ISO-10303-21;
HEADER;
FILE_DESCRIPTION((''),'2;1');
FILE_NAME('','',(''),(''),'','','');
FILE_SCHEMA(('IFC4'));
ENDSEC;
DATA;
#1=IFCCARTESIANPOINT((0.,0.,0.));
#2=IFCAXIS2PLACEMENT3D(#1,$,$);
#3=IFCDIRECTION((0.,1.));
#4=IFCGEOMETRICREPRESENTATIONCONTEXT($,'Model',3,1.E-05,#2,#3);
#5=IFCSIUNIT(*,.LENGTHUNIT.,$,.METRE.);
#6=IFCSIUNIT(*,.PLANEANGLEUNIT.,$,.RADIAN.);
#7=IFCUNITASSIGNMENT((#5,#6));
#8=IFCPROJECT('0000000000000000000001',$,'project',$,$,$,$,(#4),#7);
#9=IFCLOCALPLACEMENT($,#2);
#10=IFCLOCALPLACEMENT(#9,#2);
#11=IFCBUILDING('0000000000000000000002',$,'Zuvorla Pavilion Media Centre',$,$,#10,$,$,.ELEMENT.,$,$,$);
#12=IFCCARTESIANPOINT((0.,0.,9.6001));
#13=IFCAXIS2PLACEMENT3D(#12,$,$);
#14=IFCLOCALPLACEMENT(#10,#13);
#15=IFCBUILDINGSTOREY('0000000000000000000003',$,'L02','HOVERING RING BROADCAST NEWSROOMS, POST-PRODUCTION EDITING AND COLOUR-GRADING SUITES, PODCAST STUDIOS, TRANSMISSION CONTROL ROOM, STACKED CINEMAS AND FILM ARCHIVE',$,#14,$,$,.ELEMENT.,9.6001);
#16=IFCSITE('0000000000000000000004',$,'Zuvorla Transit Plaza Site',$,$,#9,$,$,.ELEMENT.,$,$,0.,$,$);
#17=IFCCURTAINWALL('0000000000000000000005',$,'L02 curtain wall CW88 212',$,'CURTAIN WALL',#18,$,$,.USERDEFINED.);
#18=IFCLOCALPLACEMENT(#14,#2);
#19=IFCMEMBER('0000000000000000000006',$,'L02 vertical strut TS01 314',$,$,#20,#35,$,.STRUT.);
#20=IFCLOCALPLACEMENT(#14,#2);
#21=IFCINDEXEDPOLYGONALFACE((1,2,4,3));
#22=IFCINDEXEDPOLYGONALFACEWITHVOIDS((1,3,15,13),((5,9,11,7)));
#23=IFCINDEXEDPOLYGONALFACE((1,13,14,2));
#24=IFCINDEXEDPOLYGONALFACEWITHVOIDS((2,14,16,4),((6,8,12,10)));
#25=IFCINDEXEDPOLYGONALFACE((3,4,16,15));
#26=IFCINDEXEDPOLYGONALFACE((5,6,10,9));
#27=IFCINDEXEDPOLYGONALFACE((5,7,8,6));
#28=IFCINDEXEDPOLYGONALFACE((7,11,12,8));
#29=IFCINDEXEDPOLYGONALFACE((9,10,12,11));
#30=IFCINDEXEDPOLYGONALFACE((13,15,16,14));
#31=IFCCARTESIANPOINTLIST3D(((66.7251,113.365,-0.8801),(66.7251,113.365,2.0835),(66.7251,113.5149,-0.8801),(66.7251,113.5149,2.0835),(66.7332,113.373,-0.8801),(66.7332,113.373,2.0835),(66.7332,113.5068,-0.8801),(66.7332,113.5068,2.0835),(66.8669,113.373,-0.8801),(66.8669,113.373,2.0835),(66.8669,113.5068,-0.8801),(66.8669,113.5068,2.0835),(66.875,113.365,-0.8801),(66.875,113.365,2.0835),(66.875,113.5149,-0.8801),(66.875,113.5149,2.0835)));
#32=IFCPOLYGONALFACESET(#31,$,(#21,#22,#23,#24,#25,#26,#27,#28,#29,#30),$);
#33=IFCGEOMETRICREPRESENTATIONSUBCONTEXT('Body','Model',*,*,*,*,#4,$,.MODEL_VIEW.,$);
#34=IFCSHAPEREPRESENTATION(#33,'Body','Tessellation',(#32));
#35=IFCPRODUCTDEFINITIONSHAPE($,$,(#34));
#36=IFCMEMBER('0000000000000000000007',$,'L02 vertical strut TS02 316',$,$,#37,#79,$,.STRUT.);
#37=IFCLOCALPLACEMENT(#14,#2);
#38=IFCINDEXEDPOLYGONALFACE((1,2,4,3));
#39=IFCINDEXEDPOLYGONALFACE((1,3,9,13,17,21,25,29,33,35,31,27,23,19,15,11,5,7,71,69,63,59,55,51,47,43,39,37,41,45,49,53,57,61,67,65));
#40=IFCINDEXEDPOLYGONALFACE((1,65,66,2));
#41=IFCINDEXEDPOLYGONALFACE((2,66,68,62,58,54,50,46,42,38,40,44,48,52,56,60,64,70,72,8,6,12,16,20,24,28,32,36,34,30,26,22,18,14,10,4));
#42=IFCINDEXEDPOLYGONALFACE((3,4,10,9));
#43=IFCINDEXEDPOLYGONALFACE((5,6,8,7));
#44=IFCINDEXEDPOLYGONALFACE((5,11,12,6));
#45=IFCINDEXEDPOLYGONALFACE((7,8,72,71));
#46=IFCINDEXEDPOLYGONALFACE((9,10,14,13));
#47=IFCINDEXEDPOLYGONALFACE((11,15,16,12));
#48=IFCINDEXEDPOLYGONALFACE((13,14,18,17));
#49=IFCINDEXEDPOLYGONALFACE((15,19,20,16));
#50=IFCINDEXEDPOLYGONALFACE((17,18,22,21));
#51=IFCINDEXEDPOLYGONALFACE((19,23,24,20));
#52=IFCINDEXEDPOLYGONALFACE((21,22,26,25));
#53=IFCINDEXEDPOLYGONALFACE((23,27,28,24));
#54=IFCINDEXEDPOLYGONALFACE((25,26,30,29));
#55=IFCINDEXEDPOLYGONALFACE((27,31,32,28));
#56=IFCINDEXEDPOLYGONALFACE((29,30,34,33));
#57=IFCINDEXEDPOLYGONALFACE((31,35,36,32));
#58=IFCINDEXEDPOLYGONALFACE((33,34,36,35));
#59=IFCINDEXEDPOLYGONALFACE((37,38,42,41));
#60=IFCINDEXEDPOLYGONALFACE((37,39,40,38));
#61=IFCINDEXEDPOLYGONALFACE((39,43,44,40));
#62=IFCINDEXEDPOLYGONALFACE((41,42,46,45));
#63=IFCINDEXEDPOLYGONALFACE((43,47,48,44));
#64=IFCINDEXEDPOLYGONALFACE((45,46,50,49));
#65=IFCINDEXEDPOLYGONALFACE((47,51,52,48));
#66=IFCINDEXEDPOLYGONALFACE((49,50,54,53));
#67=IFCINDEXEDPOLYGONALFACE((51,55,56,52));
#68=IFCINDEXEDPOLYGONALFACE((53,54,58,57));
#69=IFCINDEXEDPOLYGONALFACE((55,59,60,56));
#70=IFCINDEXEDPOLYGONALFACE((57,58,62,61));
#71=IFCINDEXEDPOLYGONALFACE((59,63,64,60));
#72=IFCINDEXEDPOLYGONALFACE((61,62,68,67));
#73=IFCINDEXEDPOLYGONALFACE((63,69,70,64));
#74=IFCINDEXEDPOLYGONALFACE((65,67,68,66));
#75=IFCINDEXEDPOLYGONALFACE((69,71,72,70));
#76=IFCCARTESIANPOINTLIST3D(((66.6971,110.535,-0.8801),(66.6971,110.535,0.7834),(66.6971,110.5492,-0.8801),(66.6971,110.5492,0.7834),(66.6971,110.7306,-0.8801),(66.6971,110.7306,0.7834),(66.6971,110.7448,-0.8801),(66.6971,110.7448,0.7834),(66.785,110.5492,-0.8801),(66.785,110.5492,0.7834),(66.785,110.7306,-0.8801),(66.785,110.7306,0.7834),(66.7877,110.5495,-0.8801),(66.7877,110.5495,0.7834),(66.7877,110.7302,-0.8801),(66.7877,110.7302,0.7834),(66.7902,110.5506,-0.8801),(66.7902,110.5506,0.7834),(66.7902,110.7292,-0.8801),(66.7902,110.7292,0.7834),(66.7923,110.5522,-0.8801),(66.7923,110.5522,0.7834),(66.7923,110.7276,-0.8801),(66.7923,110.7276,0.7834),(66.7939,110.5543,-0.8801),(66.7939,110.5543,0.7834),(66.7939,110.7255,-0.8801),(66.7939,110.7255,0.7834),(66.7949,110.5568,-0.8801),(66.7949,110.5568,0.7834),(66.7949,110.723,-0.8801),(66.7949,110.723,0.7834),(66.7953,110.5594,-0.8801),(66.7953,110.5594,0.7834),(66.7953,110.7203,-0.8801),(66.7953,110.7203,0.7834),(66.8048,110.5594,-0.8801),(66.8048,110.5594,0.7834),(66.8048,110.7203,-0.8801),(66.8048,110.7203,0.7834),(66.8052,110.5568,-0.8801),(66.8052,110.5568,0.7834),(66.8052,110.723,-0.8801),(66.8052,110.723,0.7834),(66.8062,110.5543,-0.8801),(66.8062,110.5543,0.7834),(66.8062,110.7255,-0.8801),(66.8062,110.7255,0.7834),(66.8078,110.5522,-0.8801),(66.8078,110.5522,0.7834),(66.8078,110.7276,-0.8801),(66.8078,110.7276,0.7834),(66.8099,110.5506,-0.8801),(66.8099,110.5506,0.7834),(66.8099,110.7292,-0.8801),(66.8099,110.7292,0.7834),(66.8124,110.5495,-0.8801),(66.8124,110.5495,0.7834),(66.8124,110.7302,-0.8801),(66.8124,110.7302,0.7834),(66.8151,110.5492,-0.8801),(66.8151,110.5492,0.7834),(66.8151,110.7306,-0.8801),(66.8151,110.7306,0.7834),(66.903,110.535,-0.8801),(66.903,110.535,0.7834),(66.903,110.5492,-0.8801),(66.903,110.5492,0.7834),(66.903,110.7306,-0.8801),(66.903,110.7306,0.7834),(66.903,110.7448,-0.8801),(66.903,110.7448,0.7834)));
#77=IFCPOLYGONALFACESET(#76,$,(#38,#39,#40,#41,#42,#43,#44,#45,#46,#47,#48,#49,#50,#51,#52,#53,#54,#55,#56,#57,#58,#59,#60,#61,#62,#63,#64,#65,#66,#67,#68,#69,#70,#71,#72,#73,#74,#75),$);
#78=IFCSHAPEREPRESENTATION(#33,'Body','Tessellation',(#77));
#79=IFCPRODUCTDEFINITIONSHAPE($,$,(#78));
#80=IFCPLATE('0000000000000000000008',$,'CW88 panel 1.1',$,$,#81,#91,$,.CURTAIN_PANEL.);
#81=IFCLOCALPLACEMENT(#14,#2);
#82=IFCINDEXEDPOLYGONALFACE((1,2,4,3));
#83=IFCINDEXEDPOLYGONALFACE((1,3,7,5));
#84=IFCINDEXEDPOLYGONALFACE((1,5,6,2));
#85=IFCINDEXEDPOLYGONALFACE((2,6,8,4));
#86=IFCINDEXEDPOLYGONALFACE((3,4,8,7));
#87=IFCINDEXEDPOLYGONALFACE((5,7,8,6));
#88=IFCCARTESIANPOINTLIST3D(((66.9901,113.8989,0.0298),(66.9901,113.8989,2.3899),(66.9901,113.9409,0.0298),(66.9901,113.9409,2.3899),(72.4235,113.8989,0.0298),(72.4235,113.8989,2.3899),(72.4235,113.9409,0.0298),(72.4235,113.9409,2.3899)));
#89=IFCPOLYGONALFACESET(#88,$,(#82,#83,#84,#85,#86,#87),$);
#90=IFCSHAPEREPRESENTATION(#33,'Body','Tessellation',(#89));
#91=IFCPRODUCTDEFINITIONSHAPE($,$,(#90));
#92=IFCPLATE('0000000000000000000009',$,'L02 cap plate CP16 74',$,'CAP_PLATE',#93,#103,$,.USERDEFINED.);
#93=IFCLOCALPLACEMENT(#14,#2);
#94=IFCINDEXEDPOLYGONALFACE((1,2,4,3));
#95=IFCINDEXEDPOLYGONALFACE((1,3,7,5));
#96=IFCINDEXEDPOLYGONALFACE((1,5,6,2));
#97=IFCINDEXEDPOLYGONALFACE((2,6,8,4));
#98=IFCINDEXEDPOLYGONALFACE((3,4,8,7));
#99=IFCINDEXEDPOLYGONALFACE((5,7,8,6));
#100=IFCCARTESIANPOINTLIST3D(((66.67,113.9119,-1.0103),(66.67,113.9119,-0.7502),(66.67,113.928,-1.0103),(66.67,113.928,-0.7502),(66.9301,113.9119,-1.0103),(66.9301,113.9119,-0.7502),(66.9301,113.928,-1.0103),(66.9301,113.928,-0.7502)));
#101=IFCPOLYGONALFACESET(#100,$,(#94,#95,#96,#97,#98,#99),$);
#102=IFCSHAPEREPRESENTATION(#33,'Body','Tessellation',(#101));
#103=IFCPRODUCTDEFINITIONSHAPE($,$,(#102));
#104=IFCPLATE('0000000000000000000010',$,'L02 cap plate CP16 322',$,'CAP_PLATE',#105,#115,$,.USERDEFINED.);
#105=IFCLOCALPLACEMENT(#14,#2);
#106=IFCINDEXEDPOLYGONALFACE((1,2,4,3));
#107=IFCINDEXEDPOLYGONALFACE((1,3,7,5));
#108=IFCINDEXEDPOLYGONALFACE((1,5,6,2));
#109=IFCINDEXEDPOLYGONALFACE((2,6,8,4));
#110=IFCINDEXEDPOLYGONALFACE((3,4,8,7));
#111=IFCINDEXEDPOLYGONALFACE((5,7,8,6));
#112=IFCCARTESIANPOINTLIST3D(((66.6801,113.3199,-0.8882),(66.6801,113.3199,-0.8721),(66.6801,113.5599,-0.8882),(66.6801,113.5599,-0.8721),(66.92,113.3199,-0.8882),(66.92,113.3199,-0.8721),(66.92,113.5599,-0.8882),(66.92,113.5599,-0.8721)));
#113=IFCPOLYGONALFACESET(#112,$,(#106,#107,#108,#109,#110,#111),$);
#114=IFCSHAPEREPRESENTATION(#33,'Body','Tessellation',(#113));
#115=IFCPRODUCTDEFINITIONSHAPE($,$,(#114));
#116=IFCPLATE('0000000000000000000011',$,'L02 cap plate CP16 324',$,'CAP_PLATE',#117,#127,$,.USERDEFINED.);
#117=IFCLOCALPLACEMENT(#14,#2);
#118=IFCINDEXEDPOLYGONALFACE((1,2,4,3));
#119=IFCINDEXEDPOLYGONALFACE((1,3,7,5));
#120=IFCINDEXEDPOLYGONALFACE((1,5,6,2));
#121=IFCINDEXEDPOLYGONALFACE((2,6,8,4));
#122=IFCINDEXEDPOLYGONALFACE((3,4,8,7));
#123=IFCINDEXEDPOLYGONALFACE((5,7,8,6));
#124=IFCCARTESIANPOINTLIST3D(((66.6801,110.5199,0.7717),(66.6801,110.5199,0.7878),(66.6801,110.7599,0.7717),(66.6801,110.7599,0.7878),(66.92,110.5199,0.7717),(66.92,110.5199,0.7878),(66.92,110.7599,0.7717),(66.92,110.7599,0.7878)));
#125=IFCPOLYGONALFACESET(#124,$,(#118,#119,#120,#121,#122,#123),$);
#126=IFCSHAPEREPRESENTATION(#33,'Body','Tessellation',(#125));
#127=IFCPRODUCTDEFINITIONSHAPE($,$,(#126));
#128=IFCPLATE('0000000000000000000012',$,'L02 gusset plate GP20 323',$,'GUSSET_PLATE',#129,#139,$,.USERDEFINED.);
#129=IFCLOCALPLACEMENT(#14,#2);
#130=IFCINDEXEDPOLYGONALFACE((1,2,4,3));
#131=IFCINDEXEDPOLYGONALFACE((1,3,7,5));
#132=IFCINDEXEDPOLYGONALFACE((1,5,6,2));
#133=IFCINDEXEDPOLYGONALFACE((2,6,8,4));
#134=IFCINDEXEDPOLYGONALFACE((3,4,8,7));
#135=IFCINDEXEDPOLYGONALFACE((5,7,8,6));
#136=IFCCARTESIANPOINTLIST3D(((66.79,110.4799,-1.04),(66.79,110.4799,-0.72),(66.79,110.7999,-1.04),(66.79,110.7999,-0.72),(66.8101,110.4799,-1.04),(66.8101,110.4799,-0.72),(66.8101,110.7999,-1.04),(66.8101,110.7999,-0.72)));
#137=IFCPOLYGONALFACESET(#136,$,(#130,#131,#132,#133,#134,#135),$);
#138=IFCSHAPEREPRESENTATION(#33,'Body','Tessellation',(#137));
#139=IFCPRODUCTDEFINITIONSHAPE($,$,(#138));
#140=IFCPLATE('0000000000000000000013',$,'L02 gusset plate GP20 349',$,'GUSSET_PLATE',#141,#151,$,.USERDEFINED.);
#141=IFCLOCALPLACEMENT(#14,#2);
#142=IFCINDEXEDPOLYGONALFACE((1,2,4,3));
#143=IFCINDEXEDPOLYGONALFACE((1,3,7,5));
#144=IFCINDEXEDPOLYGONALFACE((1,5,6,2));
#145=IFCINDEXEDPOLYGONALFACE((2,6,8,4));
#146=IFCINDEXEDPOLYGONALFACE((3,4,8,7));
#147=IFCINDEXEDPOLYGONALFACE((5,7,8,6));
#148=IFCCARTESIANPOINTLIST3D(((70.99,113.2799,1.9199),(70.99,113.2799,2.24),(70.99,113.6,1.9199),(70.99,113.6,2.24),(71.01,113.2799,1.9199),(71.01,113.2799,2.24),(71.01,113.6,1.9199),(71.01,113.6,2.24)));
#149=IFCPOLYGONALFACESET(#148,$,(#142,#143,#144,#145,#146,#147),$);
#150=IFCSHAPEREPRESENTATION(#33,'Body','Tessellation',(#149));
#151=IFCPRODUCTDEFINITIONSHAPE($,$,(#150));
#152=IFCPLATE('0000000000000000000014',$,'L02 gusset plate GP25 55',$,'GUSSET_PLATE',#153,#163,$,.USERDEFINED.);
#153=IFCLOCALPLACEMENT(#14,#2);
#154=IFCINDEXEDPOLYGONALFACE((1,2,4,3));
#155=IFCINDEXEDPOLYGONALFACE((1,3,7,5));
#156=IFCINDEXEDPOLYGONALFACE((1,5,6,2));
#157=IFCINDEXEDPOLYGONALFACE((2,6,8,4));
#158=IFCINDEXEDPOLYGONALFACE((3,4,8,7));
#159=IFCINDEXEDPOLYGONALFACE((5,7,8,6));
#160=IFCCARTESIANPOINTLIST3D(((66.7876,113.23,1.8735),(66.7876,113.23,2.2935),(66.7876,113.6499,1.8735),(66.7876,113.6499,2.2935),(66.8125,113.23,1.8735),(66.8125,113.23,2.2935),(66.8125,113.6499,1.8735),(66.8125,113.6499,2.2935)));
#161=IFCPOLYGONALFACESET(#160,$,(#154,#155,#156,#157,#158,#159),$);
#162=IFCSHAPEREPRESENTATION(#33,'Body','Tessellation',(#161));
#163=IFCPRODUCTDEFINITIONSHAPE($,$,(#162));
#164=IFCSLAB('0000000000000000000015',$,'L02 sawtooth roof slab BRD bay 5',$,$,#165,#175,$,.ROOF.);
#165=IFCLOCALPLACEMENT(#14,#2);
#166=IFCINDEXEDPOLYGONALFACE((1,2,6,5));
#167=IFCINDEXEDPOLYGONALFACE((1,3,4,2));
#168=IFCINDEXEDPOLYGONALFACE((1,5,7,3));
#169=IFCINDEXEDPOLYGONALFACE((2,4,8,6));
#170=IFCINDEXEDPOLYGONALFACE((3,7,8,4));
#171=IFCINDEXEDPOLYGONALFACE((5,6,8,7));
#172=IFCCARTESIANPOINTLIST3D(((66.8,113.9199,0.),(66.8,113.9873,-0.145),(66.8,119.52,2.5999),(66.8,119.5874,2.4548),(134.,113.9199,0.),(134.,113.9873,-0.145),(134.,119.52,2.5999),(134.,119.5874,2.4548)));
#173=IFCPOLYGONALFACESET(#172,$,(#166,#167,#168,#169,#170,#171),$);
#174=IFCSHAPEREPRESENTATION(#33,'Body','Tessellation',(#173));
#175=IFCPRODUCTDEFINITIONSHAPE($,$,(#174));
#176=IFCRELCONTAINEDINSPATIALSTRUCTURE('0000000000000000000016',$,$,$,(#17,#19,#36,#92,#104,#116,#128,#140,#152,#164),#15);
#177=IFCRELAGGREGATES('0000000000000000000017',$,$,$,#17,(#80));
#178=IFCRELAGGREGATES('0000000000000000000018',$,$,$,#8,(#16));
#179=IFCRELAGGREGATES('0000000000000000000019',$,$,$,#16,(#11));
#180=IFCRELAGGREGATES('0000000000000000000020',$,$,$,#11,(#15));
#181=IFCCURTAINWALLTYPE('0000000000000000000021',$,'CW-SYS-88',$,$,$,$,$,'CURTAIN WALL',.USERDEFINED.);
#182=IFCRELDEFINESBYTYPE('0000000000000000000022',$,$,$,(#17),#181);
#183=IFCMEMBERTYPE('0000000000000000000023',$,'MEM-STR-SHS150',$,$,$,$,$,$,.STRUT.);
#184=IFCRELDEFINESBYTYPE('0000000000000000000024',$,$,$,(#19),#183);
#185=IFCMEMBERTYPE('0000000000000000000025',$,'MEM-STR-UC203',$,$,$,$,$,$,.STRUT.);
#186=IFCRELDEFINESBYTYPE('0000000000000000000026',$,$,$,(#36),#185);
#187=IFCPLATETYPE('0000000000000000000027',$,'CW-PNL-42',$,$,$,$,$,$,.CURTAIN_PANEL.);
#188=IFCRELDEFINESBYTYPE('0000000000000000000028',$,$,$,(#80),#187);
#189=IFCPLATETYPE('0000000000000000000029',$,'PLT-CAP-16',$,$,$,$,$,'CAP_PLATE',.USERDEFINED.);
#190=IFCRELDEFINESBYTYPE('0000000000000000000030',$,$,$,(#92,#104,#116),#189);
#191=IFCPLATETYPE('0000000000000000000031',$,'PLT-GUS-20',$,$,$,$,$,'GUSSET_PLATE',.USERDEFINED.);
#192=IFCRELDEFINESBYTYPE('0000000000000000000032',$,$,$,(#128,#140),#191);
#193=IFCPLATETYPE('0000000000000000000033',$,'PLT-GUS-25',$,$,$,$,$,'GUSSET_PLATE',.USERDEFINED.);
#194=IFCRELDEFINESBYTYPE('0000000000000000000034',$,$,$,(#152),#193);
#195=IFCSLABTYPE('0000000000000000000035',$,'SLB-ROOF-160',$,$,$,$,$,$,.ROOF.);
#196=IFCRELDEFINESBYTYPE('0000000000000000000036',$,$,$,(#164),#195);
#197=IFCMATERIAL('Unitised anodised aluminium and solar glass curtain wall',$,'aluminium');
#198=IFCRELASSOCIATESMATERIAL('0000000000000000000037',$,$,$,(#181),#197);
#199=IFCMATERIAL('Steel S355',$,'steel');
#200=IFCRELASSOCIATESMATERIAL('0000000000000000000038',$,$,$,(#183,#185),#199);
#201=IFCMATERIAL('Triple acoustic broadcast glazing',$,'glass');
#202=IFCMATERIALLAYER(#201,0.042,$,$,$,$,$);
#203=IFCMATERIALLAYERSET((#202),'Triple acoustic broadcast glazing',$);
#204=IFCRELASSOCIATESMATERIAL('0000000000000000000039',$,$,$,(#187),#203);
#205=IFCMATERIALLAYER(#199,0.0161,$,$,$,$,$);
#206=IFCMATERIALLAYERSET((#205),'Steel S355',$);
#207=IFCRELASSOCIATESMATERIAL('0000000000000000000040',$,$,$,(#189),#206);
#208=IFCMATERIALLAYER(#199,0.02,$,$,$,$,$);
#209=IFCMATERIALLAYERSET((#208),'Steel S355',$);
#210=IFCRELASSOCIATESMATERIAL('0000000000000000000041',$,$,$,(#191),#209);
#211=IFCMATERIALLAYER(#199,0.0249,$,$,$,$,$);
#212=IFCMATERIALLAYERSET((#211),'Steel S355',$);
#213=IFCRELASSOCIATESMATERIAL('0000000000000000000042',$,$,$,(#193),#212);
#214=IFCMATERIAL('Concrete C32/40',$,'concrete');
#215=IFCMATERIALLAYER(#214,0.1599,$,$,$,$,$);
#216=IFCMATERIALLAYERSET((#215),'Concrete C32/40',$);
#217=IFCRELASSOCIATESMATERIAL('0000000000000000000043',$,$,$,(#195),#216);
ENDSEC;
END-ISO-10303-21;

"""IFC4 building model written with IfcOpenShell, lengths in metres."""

from ifc_helpers import new_model, si_unit, direction, frame, origin, origin_2d, place, context, subcontext, project, spatial, polyline, rectangle, hollow_rectangle, i_section, outline, extrude, material, layer, layer_set, material_profile, profile_set, type_object, element, aggregate, save


model = new_model("IFC4")

# Units and contexts
model_context = context("Model", 3, precision=1e-05, world=origin(), true_north=direction((0.0, 1.0)))
body_context = subcontext(model_context, "Body", "Model", "MODEL_VIEW")
ifc_project = project(units=[si_unit("LENGTHUNIT", "METRE"), si_unit("PLANEANGLEUNIT", "RADIAN")], contexts=[model_context])

# Site, building, storey
site_placement = place(None, origin())
site = spatial("IfcSite", under=ifc_project, at=site_placement, Name="Zuvorla Transit Plaza Site", CompositionType="ELEMENT", RefElevation=0.0)
building_placement = place(site_placement, origin())
building = spatial("IfcBuilding", under=site, at=building_placement, Name="Zuvorla Pavilion Media Centre", CompositionType="ELEMENT")
storey_placement = place(building_placement, frame((0.0, 0.0, 9.6001)))
storey = spatial("IfcBuildingStorey", under=building, at=storey_placement, Name="L02", Description="HOVERING RING BROADCAST NEWSROOMS, POST-PRODUCTION EDITING AND COLOUR-GRADING SUITES, PODCAST STUDIOS, TRANSMISSION CONTROL ROOM, STACKED CINEMAS AND FILM ARCHIVE", CompositionType="ELEMENT", Elevation=9.6001)

# Shared definitions
ifc_material_1 = material(Name="Steel S355", Category="steel")

# Curtain wall
ifc_material_2 = material(Name="Unitised anodised aluminium and solar glass curtain wall", Category="aluminium")
curtain_wall_type = type_object("IfcCurtainWallType", Name="CW-SYS-88", ElementType="CURTAIN WALL", PredefinedType="USERDEFINED", material=ifc_material_2)
curtain_wall_placement = place(storey_placement, origin())
curtain_wall = element("IfcCurtainWall", 1, at=curtain_wall_placement, inside=storey, type_object=curtain_wall_type, Name="L02 curtain wall CW88 212", ObjectType="CURTAIN WALL", PredefinedType="USERDEFINED")

# Members
ifc_material_profile_1 = material_profile(ifc_material_1, hollow_rectangle(XDim=0.1499, YDim=0.1499, WallThickness=0.0081, at=origin_2d()), Name="SHS 150x150x8")
ifc_profile_set_1 = profile_set([ifc_material_profile_1], Name="Steel S355")
member_type_1 = type_object("IfcMemberType", Name="MEM-STR-SHS150", PredefinedType="STRUT", material=ifc_profile_set_1)
member_1_placement = place(storey_placement, frame((66.8, 113.4399, -0.8801), z_axis=(0.0, 0.0, 1.0), x_axis=(1.0, 0.0, 0.0)))
element("IfcMember", 2, at=member_1_placement, inside=storey, type_object=member_type_1, Name="L02 vertical strut TS01 314", PredefinedType="STRUT", context=body_context, shape_type="SweptSolid", body=[
    extrude(hollow_rectangle(XDim=0.1499, YDim=0.1499, WallThickness=0.0081, at=origin_2d()), origin(), (0.0, 0.0, 1.0), 2.9636),
])
ifc_material_profile_2 = material_profile(ifc_material_1, i_section(OverallWidth=0.2058, OverallDepth=0.2097, WebThickness=0.0095, FlangeThickness=0.0142, FilletRadius=0.0103, at=origin_2d()), Name="UC 203x203x60")
ifc_profile_set_2 = profile_set([ifc_material_profile_2], Name="Steel S355")
member_type_2 = type_object("IfcMemberType", Name="MEM-STR-UC203", PredefinedType="STRUT", material=ifc_profile_set_2)
member_2_placement = place(storey_placement, frame((66.8, 110.6399, -0.8801), z_axis=(0.0, 0.0, 1.0), x_axis=(1.0, 0.0, 0.0)))
element("IfcMember", 3, at=member_2_placement, inside=storey, type_object=member_type_2, Name="L02 vertical strut TS02 316", PredefinedType="STRUT", context=body_context, shape_type="SweptSolid", body=[
    extrude(i_section(OverallWidth=0.2058, OverallDepth=0.2097, WebThickness=0.0095, FlangeThickness=0.0142, FilletRadius=0.0103, at=origin_2d()), origin(), (0.0, 0.0, 1.0), 1.6636),
])

# Plate
ifc_material_3 = material(Name="Triple acoustic broadcast glazing", Category="glass")
ifc_layer_1 = layer(ifc_material_3, 0.042)
ifc_layer_set_1 = layer_set([ifc_layer_1], Name="Triple acoustic broadcast glazing")
plate_type_1 = type_object("IfcPlateType", Name="CW-PNL-42", PredefinedType="CURTAIN_PANEL", material=ifc_layer_set_1)
plate_1_placement = place(storey_placement, frame((69.7068, 113.9199, 0.0298), z_axis=(0.0, 0.0, 1.0), x_axis=(1.0, 0.0, 0.0)))
plate_1 = element("IfcPlate", 4, at=plate_1_placement, type_object=plate_type_1, Name="CW88 panel 1.1", PredefinedType="CURTAIN_PANEL", context=body_context, shape_type="SweptSolid", body=[
    extrude(rectangle(XDim=5.4333, YDim=0.042, at=origin_2d()), origin(), (0.0, 0.0, 1.0), 2.3601),
])
aggregate(curtain_wall, [plate_1])

# Plates
ifc_layer_2 = layer(ifc_material_1, 0.0161)
ifc_layer_set_2 = layer_set([ifc_layer_2], Name="Steel S355")
plate_type_2 = type_object("IfcPlateType", Name="PLT-CAP-16", ElementType="CAP_PLATE", PredefinedType="USERDEFINED", material=ifc_layer_set_2)
plate_2_placement = place(storey_placement, frame((66.8, 113.9199, -1.0103), z_axis=(0.0, 0.0, 1.0), x_axis=(1.0, 0.0, 0.0)))
element("IfcPlate", 5, at=plate_2_placement, inside=storey, type_object=plate_type_2, Name="L02 cap plate CP16 74", ObjectType="CAP_PLATE", PredefinedType="USERDEFINED", context=body_context, shape_type="SweptSolid", body=[
    extrude(rectangle(XDim=0.26, YDim=0.0161, at=origin_2d()), origin(), (0.0, 0.0, 1.0), 0.26),
])
for number, where, z_axis, x_axis, name in (
    (6, (66.8, 113.4399, -0.8882), (0.0, 0.0, 1.0), (1.0, 0.0, 0.0), "L02 cap plate CP16 322"),
    (7, (66.8, 110.6399, 0.7717), (0.0, 0.0, 1.0), (1.0, 0.0, 0.0), "L02 cap plate CP16 324"),
):
    element("IfcPlate", number, at=place(storey_placement, frame(where, z_axis=z_axis, x_axis=x_axis)), inside=storey, type_object=plate_type_2, Name=name, ObjectType="CAP_PLATE", PredefinedType="USERDEFINED", context=body_context, shape_type="SweptSolid", body=[
        extrude(rectangle(XDim=0.24, YDim=0.24, at=origin_2d()), origin(), (0.0, 0.0, 1.0), 0.0161),
    ])
ifc_layer_3 = layer(ifc_material_1, 0.02)
ifc_layer_set_3 = layer_set([ifc_layer_3], Name="Steel S355")
plate_type_3 = type_object("IfcPlateType", Name="PLT-GUS-20", ElementType="GUSSET_PLATE", PredefinedType="USERDEFINED", material=ifc_layer_set_3)
for number, where, z_axis, x_axis, name in (
    (8, (66.8, 110.6399, -1.04), (0.0, 0.0, 1.0), (1.0, 0.0, 0.0), "L02 gusset plate GP20 323"),
    (9, (71.0, 113.4399, 1.9199), (0.0, 0.0, 1.0), (1.0, 0.0, 0.0), "L02 gusset plate GP20 349"),
):
    element("IfcPlate", number, at=place(storey_placement, frame(where, z_axis=z_axis, x_axis=x_axis)), inside=storey, type_object=plate_type_3, Name=name, ObjectType="GUSSET_PLATE", PredefinedType="USERDEFINED", context=body_context, shape_type="SweptSolid", body=[
        extrude(rectangle(XDim=0.02, YDim=0.3201, at=origin_2d()), origin(), (0.0, 0.0, 1.0), 0.3201),
    ])
ifc_layer_4 = layer(ifc_material_1, 0.0249)
ifc_layer_set_4 = layer_set([ifc_layer_4], Name="Steel S355")
plate_type_4 = type_object("IfcPlateType", Name="PLT-GUS-25", ElementType="GUSSET_PLATE", PredefinedType="USERDEFINED", material=ifc_layer_set_4)
plate_3_placement = place(storey_placement, frame((66.8, 113.4399, 1.8735), z_axis=(0.0, 0.0, 1.0), x_axis=(1.0, 0.0, 0.0)))
element("IfcPlate", 10, at=plate_3_placement, inside=storey, type_object=plate_type_4, Name="L02 gusset plate GP25 55", ObjectType="GUSSET_PLATE", PredefinedType="USERDEFINED", context=body_context, shape_type="SweptSolid", body=[
    extrude(rectangle(XDim=0.0249, YDim=0.4199, at=origin_2d()), origin(), (0.0, 0.0, 1.0), 0.4199),
])

# Slab
ifc_material_4 = material(Name="Concrete C32/40", Category="concrete")
ifc_layer_5 = layer(ifc_material_4, 0.1599)
ifc_layer_set_5 = layer_set([ifc_layer_5], Name="Concrete C32/40")
slab_type = type_object("IfcSlabType", Name="SLB-ROOF-160", PredefinedType="ROOF", material=ifc_layer_set_5)
slab_placement = place(storey_placement, frame((66.8, 113.9199, 0.0), z_axis=(0.0, -0.421086, 0.907021), x_axis=(1.0, 0.0, 0.0)))
element("IfcSlab", 11, at=slab_placement, inside=storey, type_object=slab_type, Name="L02 sawtooth roof slab BRD bay 5", PredefinedType="ROOF", context=body_context, shape_type="SweptSolid", body=[
    extrude(outline(polyline([(0.0, 0.0), (67.2, 0.0), (67.2, 6.1742), (0.0, 6.1742), (0.0, 0.0)])), origin(), (0.0, 0.0, -1.0), 0.1599),
])

save(model, "model.ifc")
